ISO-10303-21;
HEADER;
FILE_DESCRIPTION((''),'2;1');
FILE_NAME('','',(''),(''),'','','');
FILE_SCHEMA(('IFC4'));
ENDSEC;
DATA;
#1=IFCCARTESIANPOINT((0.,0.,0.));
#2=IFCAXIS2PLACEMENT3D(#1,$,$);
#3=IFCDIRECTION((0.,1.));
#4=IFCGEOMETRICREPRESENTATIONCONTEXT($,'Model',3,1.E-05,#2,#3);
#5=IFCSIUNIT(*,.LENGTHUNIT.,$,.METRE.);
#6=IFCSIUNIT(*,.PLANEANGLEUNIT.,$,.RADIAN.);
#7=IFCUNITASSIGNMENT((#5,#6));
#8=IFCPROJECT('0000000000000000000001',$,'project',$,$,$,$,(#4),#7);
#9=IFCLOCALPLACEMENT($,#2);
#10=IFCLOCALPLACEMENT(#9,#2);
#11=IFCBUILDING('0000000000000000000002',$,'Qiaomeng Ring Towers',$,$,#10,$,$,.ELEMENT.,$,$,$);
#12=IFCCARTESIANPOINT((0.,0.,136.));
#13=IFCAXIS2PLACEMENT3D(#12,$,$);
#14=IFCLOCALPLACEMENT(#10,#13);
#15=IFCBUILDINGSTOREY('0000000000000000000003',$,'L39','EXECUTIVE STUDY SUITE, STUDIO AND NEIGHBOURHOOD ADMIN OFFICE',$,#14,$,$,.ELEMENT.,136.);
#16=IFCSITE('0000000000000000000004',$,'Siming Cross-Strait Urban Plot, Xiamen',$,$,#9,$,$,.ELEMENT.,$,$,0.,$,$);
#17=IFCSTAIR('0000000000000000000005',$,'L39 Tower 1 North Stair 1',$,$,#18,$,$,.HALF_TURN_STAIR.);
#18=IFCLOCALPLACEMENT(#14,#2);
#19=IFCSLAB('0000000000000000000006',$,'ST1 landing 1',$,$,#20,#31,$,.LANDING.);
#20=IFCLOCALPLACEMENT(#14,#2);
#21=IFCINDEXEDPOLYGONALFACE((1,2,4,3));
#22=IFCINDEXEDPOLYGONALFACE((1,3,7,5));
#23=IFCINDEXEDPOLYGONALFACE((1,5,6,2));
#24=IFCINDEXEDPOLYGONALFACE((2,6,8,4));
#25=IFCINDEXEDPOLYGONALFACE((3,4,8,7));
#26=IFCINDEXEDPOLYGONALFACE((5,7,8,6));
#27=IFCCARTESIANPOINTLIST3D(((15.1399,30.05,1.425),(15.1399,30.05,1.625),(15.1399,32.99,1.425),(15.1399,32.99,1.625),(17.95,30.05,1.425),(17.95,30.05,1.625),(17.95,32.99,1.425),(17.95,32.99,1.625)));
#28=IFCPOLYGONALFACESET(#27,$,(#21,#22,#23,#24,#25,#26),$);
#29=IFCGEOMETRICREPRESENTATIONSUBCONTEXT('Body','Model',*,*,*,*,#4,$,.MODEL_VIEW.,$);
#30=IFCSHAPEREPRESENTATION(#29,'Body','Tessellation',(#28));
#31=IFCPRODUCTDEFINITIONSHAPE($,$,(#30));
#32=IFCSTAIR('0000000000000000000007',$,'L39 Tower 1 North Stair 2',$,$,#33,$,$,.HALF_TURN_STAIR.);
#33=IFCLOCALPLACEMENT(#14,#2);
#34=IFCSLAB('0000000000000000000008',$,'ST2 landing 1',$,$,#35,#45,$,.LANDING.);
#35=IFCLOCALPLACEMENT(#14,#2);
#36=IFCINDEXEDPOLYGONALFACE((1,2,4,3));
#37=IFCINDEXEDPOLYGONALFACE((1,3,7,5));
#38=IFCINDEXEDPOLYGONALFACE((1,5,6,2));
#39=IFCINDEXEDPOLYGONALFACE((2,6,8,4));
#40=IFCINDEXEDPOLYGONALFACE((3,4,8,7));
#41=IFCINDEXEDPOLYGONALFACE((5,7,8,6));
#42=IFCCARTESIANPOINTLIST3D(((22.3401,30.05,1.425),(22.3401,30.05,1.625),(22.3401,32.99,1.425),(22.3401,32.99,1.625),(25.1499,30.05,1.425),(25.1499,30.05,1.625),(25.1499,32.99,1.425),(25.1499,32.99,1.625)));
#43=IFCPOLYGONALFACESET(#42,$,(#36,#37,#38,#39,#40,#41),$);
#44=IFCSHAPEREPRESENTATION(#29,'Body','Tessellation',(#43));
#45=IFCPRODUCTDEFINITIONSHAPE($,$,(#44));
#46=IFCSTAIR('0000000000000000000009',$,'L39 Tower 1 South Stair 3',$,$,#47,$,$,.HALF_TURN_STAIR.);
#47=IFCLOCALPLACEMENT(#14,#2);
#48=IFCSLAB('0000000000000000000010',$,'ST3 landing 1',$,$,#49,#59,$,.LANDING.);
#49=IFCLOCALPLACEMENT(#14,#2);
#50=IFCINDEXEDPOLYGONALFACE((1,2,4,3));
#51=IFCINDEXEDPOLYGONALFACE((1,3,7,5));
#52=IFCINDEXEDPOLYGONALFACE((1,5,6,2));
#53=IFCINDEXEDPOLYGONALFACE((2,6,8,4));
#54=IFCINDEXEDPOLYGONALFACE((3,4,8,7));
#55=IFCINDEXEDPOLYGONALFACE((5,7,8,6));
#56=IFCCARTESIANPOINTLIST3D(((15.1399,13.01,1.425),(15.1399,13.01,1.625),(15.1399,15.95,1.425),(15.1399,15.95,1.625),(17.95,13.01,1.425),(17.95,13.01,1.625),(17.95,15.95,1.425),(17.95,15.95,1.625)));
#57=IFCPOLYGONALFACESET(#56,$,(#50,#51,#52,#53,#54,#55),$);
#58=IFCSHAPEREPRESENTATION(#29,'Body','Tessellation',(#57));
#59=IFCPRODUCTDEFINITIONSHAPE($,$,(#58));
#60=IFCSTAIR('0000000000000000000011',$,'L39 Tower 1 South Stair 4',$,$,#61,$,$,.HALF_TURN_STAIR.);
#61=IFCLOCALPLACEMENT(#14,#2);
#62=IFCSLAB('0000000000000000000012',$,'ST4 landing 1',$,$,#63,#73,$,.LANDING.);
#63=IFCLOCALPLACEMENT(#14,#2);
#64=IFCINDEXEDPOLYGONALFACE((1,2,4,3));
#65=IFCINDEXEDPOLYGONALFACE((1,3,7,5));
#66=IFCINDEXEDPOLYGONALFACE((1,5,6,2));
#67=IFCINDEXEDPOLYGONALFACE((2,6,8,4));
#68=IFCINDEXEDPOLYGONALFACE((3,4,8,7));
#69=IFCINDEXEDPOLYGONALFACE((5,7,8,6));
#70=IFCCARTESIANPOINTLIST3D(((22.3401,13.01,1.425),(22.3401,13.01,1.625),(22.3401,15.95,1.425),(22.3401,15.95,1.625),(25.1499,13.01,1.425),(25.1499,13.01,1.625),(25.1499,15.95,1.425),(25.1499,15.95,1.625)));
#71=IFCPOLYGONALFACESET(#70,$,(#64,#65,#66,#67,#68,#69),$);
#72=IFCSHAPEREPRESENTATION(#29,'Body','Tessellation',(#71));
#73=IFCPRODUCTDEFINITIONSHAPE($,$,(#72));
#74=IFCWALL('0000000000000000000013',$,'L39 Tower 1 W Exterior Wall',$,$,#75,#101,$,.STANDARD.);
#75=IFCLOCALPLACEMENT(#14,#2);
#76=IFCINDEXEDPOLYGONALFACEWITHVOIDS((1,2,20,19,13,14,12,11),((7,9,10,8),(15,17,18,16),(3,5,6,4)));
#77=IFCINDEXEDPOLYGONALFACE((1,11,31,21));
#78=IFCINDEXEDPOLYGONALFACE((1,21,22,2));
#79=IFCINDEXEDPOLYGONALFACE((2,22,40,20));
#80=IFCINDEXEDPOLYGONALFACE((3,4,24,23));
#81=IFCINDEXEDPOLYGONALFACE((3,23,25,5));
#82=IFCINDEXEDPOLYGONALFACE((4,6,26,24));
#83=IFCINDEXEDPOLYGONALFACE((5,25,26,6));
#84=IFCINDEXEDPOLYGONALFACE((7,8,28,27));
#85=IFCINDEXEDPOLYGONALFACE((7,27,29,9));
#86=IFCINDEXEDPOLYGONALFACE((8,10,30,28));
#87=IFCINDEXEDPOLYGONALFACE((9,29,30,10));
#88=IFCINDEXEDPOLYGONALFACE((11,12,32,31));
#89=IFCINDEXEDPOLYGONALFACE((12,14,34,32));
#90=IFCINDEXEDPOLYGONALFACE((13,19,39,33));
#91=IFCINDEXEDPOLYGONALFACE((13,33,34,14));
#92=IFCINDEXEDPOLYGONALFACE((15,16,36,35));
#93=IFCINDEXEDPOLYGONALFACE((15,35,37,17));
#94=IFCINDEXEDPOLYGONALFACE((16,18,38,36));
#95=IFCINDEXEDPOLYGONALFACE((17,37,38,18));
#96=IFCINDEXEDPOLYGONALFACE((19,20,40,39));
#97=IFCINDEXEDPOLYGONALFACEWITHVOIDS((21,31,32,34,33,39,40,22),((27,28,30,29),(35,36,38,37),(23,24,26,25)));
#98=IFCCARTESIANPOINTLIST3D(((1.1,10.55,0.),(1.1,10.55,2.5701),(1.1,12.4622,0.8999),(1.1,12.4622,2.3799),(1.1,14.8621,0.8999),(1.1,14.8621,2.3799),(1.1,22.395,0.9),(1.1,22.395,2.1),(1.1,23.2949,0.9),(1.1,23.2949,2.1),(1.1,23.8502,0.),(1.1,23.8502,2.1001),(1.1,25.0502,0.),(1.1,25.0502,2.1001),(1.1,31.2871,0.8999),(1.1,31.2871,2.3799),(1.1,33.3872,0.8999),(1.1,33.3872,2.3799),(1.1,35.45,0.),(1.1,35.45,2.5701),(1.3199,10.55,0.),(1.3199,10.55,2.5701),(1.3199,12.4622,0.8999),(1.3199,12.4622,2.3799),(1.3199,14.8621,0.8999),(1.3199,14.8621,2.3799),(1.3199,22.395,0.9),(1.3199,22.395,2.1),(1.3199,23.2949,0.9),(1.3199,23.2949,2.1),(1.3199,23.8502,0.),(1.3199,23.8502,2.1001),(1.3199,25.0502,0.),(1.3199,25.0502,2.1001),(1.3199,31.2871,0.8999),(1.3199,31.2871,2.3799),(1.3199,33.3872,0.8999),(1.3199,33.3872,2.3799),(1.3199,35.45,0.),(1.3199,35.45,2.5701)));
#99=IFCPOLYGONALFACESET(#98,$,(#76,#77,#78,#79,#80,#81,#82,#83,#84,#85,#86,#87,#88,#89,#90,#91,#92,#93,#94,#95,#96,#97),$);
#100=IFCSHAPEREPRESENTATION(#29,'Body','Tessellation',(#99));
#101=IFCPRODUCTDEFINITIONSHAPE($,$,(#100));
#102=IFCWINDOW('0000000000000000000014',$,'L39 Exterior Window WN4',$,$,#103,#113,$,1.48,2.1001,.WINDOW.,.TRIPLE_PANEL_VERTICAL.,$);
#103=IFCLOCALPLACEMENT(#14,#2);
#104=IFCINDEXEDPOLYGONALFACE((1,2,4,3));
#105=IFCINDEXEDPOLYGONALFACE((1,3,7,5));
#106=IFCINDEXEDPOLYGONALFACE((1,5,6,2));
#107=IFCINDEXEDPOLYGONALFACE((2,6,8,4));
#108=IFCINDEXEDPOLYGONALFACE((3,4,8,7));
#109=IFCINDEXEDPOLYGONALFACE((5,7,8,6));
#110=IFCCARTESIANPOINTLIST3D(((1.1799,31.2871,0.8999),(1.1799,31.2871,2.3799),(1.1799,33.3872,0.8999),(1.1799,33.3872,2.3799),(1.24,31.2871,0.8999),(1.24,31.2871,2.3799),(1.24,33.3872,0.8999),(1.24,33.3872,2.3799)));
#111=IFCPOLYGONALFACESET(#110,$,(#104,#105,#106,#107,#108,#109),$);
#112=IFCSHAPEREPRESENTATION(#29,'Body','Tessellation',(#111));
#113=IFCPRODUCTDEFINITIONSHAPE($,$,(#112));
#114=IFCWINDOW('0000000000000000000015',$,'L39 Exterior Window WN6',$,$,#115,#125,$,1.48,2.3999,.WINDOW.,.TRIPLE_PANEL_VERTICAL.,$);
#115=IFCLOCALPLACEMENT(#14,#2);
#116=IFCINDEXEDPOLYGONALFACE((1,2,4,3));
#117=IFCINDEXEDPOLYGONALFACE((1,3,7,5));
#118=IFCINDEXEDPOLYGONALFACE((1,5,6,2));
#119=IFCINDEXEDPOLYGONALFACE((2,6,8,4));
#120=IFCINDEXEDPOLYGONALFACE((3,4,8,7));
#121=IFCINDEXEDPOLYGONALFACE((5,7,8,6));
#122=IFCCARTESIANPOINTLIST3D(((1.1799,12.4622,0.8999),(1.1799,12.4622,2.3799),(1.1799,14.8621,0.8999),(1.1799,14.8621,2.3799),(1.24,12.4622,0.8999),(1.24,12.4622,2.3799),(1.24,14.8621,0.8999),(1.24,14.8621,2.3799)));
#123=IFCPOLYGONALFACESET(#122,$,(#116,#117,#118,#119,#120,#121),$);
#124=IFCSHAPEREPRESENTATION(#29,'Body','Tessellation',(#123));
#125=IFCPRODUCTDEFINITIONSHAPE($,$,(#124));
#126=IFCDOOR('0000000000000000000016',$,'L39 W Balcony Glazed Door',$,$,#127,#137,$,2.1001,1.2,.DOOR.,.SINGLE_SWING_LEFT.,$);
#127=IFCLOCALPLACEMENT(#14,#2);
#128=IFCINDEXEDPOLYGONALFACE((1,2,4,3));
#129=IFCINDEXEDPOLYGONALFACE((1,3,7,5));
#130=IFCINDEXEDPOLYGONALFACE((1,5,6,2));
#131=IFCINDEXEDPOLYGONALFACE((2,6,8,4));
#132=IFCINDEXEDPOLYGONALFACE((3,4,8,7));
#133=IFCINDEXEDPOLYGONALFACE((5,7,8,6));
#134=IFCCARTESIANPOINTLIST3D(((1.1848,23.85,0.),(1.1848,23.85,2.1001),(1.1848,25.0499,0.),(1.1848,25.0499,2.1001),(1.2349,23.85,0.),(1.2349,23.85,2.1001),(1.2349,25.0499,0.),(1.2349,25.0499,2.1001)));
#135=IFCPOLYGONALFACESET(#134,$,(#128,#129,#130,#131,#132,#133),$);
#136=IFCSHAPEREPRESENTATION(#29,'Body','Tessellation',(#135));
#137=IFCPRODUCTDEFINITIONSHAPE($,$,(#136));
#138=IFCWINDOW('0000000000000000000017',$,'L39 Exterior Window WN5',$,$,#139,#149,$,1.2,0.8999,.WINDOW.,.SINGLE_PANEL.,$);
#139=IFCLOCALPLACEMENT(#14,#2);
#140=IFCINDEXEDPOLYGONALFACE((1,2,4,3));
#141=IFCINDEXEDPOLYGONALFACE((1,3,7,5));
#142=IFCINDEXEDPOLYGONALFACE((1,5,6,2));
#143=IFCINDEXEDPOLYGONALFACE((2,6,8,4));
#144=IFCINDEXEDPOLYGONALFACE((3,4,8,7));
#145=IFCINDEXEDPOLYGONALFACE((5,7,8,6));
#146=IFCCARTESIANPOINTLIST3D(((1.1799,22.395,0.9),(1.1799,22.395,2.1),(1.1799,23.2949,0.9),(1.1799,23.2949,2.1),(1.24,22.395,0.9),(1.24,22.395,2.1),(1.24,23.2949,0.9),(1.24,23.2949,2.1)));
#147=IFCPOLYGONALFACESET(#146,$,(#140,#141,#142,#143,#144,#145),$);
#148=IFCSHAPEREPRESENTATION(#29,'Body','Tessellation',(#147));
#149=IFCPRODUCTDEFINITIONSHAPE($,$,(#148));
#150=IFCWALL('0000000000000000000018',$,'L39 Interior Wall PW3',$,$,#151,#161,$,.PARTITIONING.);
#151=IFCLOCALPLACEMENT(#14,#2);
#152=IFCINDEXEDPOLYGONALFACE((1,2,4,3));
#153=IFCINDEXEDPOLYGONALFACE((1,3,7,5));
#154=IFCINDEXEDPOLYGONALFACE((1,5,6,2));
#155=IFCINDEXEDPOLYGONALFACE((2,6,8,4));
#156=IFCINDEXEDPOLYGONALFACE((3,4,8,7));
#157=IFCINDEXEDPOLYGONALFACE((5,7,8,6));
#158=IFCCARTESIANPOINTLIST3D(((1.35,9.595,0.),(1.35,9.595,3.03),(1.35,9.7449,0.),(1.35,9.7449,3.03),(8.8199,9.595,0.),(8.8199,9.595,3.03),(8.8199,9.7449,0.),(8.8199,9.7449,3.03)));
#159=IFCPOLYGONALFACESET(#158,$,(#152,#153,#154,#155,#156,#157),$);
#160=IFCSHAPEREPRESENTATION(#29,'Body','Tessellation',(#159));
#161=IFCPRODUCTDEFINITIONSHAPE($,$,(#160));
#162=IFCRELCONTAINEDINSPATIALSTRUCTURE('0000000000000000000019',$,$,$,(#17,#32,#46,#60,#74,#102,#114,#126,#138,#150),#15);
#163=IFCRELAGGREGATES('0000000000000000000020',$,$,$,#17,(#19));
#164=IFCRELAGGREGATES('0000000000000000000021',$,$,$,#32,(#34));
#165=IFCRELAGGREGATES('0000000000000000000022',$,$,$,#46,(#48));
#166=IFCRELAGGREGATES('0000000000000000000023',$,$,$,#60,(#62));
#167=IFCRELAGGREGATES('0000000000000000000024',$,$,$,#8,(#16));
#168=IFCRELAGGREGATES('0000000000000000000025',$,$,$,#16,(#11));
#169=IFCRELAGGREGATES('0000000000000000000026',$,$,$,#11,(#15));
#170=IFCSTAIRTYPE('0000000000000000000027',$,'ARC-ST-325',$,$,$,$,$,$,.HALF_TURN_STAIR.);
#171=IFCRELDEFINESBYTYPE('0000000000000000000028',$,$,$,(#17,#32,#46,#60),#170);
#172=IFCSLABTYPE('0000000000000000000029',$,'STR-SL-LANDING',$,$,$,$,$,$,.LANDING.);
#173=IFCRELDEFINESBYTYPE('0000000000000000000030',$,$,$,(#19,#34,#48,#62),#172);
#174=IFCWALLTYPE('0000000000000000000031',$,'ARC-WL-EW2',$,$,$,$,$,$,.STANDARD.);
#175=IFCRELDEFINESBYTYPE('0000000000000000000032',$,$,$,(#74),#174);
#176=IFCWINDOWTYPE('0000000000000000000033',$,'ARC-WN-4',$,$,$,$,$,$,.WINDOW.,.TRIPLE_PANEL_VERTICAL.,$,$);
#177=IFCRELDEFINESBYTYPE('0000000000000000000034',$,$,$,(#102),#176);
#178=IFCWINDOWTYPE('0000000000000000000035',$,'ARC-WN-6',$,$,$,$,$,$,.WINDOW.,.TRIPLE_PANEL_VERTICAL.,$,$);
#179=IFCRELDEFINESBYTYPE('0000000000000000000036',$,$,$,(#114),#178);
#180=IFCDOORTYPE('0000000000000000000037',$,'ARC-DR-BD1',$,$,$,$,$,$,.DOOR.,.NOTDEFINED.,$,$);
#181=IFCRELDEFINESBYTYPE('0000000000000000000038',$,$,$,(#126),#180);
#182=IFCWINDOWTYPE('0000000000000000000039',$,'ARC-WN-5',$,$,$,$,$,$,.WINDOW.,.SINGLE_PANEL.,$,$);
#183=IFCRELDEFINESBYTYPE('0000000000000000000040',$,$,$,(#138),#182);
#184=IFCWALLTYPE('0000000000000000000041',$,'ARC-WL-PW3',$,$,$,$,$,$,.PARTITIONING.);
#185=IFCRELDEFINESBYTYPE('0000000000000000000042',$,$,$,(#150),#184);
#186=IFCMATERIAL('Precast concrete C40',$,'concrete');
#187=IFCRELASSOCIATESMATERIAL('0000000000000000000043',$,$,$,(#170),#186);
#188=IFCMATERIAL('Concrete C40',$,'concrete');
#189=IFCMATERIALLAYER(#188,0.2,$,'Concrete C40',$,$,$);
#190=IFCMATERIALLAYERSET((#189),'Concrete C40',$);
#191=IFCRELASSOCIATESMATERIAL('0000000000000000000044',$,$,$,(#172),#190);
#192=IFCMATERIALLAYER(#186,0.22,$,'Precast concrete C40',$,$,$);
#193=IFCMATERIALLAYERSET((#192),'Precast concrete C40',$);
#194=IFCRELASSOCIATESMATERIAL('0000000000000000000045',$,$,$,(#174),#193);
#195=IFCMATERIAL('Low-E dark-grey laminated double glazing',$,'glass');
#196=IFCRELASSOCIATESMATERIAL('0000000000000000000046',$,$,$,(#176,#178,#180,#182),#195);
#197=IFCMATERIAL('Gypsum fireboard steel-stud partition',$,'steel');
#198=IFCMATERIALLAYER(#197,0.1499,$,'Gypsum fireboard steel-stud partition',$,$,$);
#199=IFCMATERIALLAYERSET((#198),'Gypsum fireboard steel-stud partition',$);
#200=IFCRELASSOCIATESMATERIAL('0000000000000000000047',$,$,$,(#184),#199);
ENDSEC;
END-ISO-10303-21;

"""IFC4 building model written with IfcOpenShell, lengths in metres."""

from ifc_helpers import new_model, si_unit, direction, frame, frame_2d, origin, place, context, subcontext, project, spatial, polyline, rectangle, outline, extrude, source, transform, mapped, material, layer, layer_set, type_object, element, fill, aggregate, save


model = new_model("IFC4")

# Units and contexts
model_context = context("Model", 3, precision=1e-05, world=origin(), true_north=direction((0.0, 1.0)))
body_context = subcontext(model_context, "Body", "Model", "MODEL_VIEW")
ifc_project = project(units=[si_unit("LENGTHUNIT", "METRE"), si_unit("PLANEANGLEUNIT", "RADIAN")], contexts=[model_context])

# Site, building, storey
site_placement = place(None, origin())
site = spatial("IfcSite", under=ifc_project, at=site_placement, Name="Siming Cross-Strait Urban Plot, Xiamen", CompositionType="ELEMENT", RefElevation=0.0)
building_placement = place(site_placement, origin())
building = spatial("IfcBuilding", under=site, at=building_placement, Name="Qiaomeng Ring Towers", CompositionType="ELEMENT")
storey_placement = place(building_placement, frame((0.0, 0.0, 136.0)))
storey = spatial("IfcBuildingStorey", under=building, at=storey_placement, Name="L39", Description="EXECUTIVE STUDY SUITE, STUDIO AND NEIGHBOURHOOD ADMIN OFFICE", CompositionType="ELEMENT", Elevation=136.0)

# Shared definitions
ifc_material_1 = material(Name="Concrete C40", Category="concrete")

# Stairs, slabs
ifc_material_2 = material(Name="Precast concrete C40", Category="concrete")
stair_type = type_object("IfcStairType", Name="ARC-ST-325", PredefinedType="HALF_TURN_STAIR", material=ifc_material_2)
stair_1_placement = place(storey_placement, origin())
stair_1 = element("IfcStair", 1, at=stair_1_placement, inside=storey, type_object=stair_type, Name="L39 Tower 1 North Stair 1", PredefinedType="HALF_TURN_STAIR")
ifc_layer_1 = layer(ifc_material_1, 0.2, Name="Concrete C40")
ifc_layer_set_1 = layer_set([ifc_layer_1], Name="Concrete C40")
slab_type_1 = type_object("IfcSlabType", Name="STR-SL-LANDING", PredefinedType="LANDING", material=ifc_layer_set_1)
slab_1_placement = place(storey_placement, frame((0.0, 0.0, 1.425)))
slab_1 = element("IfcSlab", 2, at=slab_1_placement, type_object=slab_type_1, Name="ST1 landing 1", PredefinedType="LANDING", context=body_context, shape_type="SweptSolid", body=[
    extrude(outline(polyline([(15.1399, 30.05), (17.95, 30.05), (17.95, 32.99), (15.1399, 32.99), (15.1399, 30.05)])), origin(), (0.0, 0.0, 1.0), 0.2),
])
aggregate(stair_1, [slab_1])
stair_2_placement = place(storey_placement, origin())
stair_2 = element("IfcStair", 3, at=stair_2_placement, inside=storey, type_object=stair_type, Name="L39 Tower 1 North Stair 2", PredefinedType="HALF_TURN_STAIR")
slab_2_placement = place(storey_placement, frame((0.0, 0.0, 1.425)))
slab_2 = element("IfcSlab", 4, at=slab_2_placement, type_object=slab_type_1, Name="ST2 landing 1", PredefinedType="LANDING", context=body_context, shape_type="SweptSolid", body=[
    extrude(outline(polyline([(22.3401, 30.05), (25.1499, 30.05), (25.1499, 32.99), (22.3401, 32.99), (22.3401, 30.05)])), origin(), (0.0, 0.0, 1.0), 0.2),
])
aggregate(stair_2, [slab_2])
stair_3_placement = place(storey_placement, origin())
stair_3 = element("IfcStair", 5, at=stair_3_placement, inside=storey, type_object=stair_type, Name="L39 Tower 1 South Stair 3", PredefinedType="HALF_TURN_STAIR")
slab_3_placement = place(storey_placement, frame((0.0, 0.0, 1.425)))
slab_3 = element("IfcSlab", 6, at=slab_3_placement, type_object=slab_type_1, Name="ST3 landing 1", PredefinedType="LANDING", context=body_context, shape_type="SweptSolid", body=[
    extrude(outline(polyline([(15.1399, 13.01), (17.95, 13.01), (17.95, 15.95), (15.1399, 15.95), (15.1399, 13.01)])), origin(), (0.0, 0.0, 1.0), 0.2),
])
aggregate(stair_3, [slab_3])
stair_4_placement = place(storey_placement, origin())
stair_4 = element("IfcStair", 7, at=stair_4_placement, inside=storey, type_object=stair_type, Name="L39 Tower 1 South Stair 4", PredefinedType="HALF_TURN_STAIR")
slab_4_placement = place(storey_placement, frame((0.0, 0.0, 1.425)))
slab_4 = element("IfcSlab", 8, at=slab_4_placement, type_object=slab_type_1, Name="ST4 landing 1", PredefinedType="LANDING", context=body_context, shape_type="SweptSolid", body=[
    extrude(outline(polyline([(22.3401, 13.01), (25.1499, 13.01), (25.1499, 15.95), (22.3401, 15.95), (22.3401, 13.01)])), origin(), (0.0, 0.0, 1.0), 0.2),
])
aggregate(stair_4, [slab_4])

# Wall, openings, windows, door
ifc_layer_2 = layer(ifc_material_2, 0.22, Name="Precast concrete C40")
ifc_layer_set_2 = layer_set([ifc_layer_2], Name="Precast concrete C40")
wall_type_1 = type_object("IfcWallType", Name="ARC-WL-EW2", PredefinedType="STANDARD", material=ifc_layer_set_2)
wall_1_placement = place(storey_placement, frame((1.21, 10.55, 0.0), z_axis=(0.0, 0.0, 1.0), x_axis=(0.0, 1.0, 0.0)))
wall_1 = element("IfcWall", 9, at=wall_1_placement, inside=storey, type_object=wall_type_1, Name="L39 Tower 1 W Exterior Wall", PredefinedType="STANDARD", context=body_context, shape_type="SweptSolid", body=[
    extrude(rectangle(XDim=24.8999, YDim=0.22, at=frame_2d((12.45, 0.0))), origin(), (0.0, 0.0, 1.0), 2.5701),
])
opening_1_placement = place(wall_1_placement, frame((13.3, 0.0, 0.0)))
opening_1 = element("IfcOpeningElement", 10, at=opening_1_placement, cuts=wall_1, PredefinedType="OPENING", context=body_context, shape_type="SweptSolid", body=[
    extrude(rectangle(XDim=1.2, YDim=2.1001, at=frame_2d((0.6001, 1.05))), frame((0.0, 0.1199, 0.0), z_axis=(0.0, -1.0, 0.0), x_axis=(1.0, 0.0, 0.0)), (0.0, 0.0, 1.0), 0.24),
])
opening_2_placement = place(wall_1_placement, frame((1.9121, 0.0, 0.8999)))
opening_2 = element("IfcOpeningElement", 11, at=opening_2_placement, cuts=wall_1, PredefinedType="OPENING", context=body_context, shape_type="SweptSolid", body=[
    extrude(rectangle(XDim=2.3999, YDim=1.48, at=frame_2d((1.2, 0.74))), frame((0.0, 0.1199, 0.0), z_axis=(0.0, -1.0, 0.0), x_axis=(1.0, 0.0, 0.0)), (0.0, 0.0, 1.0), 0.24),
])
opening_3_placement = place(wall_1_placement, frame((20.7371, 0.0, 0.8999)))
opening_3 = element("IfcOpeningElement", 12, at=opening_3_placement, cuts=wall_1, PredefinedType="OPENING", context=body_context, shape_type="SweptSolid", body=[
    extrude(rectangle(XDim=2.1001, YDim=1.48, at=frame_2d((1.05, 0.74))), frame((0.0, 0.1199, 0.0), z_axis=(0.0, -1.0, 0.0), x_axis=(1.0, 0.0, 0.0)), (0.0, 0.0, 1.0), 0.24),
])
opening_4_placement = place(wall_1_placement, frame((11.845, 0.0, 0.8999)))
opening_4 = element("IfcOpeningElement", 13, at=opening_4_placement, cuts=wall_1, PredefinedType="OPENING", context=body_context, shape_type="SweptSolid", body=[
    extrude(rectangle(XDim=0.8999, YDim=1.2, at=frame_2d((0.45, 0.6001))), frame((0.0, 0.1199, 0.0), z_axis=(0.0, -1.0, 0.0), x_axis=(1.0, 0.0, 0.0)), (0.0, 0.0, 1.0), 0.24),
])
ifc_material_3 = material(Name="Low-E dark-grey laminated double glazing", Category="glass")
window_type_1 = type_object("IfcWindowType", Name="ARC-WN-4", PartitioningType="TRIPLE_PANEL_VERTICAL", PredefinedType="WINDOW", material=ifc_material_3)
shared_shape_1 = source(origin(), body_context, "Body", "SweptSolid", [
    extrude(rectangle(XDim=2.1001, YDim=1.48, at=frame_2d((1.05, 0.74))), frame((0.0, 0.03, 0.0), z_axis=(0.0, -1.0, 0.0), x_axis=(1.0, 0.0, 0.0)), (0.0, 0.0, 1.0), 0.0601),
])
window_1_placement = place(opening_3_placement, origin())
window_1 = element("IfcWindow", 14, at=window_1_placement, inside=storey, type_object=window_type_1, Name="L39 Exterior Window WN4", OverallHeight=1.48, OverallWidth=2.1001, PartitioningType="TRIPLE_PANEL_VERTICAL", PredefinedType="WINDOW", context=body_context, shape_type="MappedRepresentation", body=[
    mapped(shared_shape_1, transform((0.0, 0.0, 0.0), x_axis=(1.0, 0.0, 0.0), y_axis=(0.0, 1.0, 0.0), z_axis=(0.0, 0.0, 1.0), scale=1.0)),
])
fill(opening_3, window_1)
window_type_2 = type_object("IfcWindowType", Name="ARC-WN-6", PartitioningType="TRIPLE_PANEL_VERTICAL", PredefinedType="WINDOW", material=ifc_material_3)
shared_shape_2 = source(origin(), body_context, "Body", "SweptSolid", [
    extrude(rectangle(XDim=2.3999, YDim=1.48, at=frame_2d((1.2, 0.74))), frame((0.0, 0.03, 0.0), z_axis=(0.0, -1.0, 0.0), x_axis=(1.0, 0.0, 0.0)), (0.0, 0.0, 1.0), 0.0601),
])
window_2_placement = place(opening_2_placement, origin())
window_2 = element("IfcWindow", 15, at=window_2_placement, inside=storey, type_object=window_type_2, Name="L39 Exterior Window WN6", OverallHeight=1.48, OverallWidth=2.3999, PartitioningType="TRIPLE_PANEL_VERTICAL", PredefinedType="WINDOW", context=body_context, shape_type="MappedRepresentation", body=[
    mapped(shared_shape_2, transform((0.0, 0.0, 0.0), x_axis=(1.0, 0.0, 0.0), y_axis=(0.0, 1.0, 0.0), z_axis=(0.0, 0.0, 1.0), scale=1.0)),
])
fill(opening_2, window_2)
door_type = type_object("IfcDoorType", Name="ARC-DR-BD1", OperationType="NOTDEFINED", PredefinedType="DOOR", material=ifc_material_3)
shared_shape_3 = source(origin(), body_context, "Body", "SweptSolid", [
    extrude(rectangle(XDim=1.2, YDim=2.1001, at=frame_2d((0.6001, 1.05))), frame((0.0, 0.0249, 0.0), z_axis=(0.0, -1.0, 0.0), x_axis=(1.0, 0.0, 0.0)), (0.0, 0.0, 1.0), 0.05),
])
door_placement = place(opening_1_placement, frame((1.2, 0.0, 0.0), z_axis=(0.0, 0.0, 1.0), x_axis=(-1.0, 0.0, 0.0)))
door = element("IfcDoor", 16, at=door_placement, inside=storey, type_object=door_type, Name="L39 W Balcony Glazed Door", OperationType="SINGLE_SWING_LEFT", OverallHeight=2.1001, OverallWidth=1.2, PredefinedType="DOOR", context=body_context, shape_type="MappedRepresentation", body=[
    mapped(shared_shape_3, transform((0.0, 0.0, 0.0), x_axis=(1.0, 0.0, 0.0), y_axis=(0.0, 1.0, 0.0), z_axis=(0.0, 0.0, 1.0), scale=1.0)),
])
fill(opening_1, door)
window_type_3 = type_object("IfcWindowType", Name="ARC-WN-5", PartitioningType="SINGLE_PANEL", PredefinedType="WINDOW", material=ifc_material_3)
shared_shape_4 = source(origin(), body_context, "Body", "SweptSolid", [
    extrude(rectangle(XDim=0.8999, YDim=1.2, at=frame_2d((0.45, 0.6001))), frame((0.0, 0.03, 0.0), z_axis=(0.0, -1.0, 0.0), x_axis=(1.0, 0.0, 0.0)), (0.0, 0.0, 1.0), 0.0601),
])
window_3_placement = place(opening_4_placement, origin())
window_3 = element("IfcWindow", 17, at=window_3_placement, inside=storey, type_object=window_type_3, Name="L39 Exterior Window WN5", OverallHeight=1.2, OverallWidth=0.8999, PartitioningType="SINGLE_PANEL", PredefinedType="WINDOW", context=body_context, shape_type="MappedRepresentation", body=[
    mapped(shared_shape_4, transform((0.0, 0.0, 0.0), x_axis=(1.0, 0.0, 0.0), y_axis=(0.0, 1.0, 0.0), z_axis=(0.0, 0.0, 1.0), scale=1.0)),
])
fill(opening_4, window_3)

# Wall
ifc_material_4 = material(Name="Gypsum fireboard steel-stud partition", Category="steel")
ifc_layer_3 = layer(ifc_material_4, 0.1499, Name="Gypsum fireboard steel-stud partition")
ifc_layer_set_3 = layer_set([ifc_layer_3], Name="Gypsum fireboard steel-stud partition")
wall_type_2 = type_object("IfcWallType", Name="ARC-WL-PW3", PredefinedType="PARTITIONING", material=ifc_layer_set_3)
wall_2_placement = place(storey_placement, frame((1.3501, 9.6699, 0.0), z_axis=(0.0, 0.0, 1.0), x_axis=(1.0, 0.0, 0.0)))
element("IfcWall", 18, at=wall_2_placement, inside=storey, type_object=wall_type_2, Name="L39 Interior Wall PW3", PredefinedType="PARTITIONING", context=body_context, shape_type="SweptSolid", body=[
    extrude(rectangle(XDim=7.47, YDim=0.1499, at=frame_2d((3.7349, 0.0))), origin(), (0.0, 0.0, 1.0), 3.03),
])

save(model, "model.ifc")
